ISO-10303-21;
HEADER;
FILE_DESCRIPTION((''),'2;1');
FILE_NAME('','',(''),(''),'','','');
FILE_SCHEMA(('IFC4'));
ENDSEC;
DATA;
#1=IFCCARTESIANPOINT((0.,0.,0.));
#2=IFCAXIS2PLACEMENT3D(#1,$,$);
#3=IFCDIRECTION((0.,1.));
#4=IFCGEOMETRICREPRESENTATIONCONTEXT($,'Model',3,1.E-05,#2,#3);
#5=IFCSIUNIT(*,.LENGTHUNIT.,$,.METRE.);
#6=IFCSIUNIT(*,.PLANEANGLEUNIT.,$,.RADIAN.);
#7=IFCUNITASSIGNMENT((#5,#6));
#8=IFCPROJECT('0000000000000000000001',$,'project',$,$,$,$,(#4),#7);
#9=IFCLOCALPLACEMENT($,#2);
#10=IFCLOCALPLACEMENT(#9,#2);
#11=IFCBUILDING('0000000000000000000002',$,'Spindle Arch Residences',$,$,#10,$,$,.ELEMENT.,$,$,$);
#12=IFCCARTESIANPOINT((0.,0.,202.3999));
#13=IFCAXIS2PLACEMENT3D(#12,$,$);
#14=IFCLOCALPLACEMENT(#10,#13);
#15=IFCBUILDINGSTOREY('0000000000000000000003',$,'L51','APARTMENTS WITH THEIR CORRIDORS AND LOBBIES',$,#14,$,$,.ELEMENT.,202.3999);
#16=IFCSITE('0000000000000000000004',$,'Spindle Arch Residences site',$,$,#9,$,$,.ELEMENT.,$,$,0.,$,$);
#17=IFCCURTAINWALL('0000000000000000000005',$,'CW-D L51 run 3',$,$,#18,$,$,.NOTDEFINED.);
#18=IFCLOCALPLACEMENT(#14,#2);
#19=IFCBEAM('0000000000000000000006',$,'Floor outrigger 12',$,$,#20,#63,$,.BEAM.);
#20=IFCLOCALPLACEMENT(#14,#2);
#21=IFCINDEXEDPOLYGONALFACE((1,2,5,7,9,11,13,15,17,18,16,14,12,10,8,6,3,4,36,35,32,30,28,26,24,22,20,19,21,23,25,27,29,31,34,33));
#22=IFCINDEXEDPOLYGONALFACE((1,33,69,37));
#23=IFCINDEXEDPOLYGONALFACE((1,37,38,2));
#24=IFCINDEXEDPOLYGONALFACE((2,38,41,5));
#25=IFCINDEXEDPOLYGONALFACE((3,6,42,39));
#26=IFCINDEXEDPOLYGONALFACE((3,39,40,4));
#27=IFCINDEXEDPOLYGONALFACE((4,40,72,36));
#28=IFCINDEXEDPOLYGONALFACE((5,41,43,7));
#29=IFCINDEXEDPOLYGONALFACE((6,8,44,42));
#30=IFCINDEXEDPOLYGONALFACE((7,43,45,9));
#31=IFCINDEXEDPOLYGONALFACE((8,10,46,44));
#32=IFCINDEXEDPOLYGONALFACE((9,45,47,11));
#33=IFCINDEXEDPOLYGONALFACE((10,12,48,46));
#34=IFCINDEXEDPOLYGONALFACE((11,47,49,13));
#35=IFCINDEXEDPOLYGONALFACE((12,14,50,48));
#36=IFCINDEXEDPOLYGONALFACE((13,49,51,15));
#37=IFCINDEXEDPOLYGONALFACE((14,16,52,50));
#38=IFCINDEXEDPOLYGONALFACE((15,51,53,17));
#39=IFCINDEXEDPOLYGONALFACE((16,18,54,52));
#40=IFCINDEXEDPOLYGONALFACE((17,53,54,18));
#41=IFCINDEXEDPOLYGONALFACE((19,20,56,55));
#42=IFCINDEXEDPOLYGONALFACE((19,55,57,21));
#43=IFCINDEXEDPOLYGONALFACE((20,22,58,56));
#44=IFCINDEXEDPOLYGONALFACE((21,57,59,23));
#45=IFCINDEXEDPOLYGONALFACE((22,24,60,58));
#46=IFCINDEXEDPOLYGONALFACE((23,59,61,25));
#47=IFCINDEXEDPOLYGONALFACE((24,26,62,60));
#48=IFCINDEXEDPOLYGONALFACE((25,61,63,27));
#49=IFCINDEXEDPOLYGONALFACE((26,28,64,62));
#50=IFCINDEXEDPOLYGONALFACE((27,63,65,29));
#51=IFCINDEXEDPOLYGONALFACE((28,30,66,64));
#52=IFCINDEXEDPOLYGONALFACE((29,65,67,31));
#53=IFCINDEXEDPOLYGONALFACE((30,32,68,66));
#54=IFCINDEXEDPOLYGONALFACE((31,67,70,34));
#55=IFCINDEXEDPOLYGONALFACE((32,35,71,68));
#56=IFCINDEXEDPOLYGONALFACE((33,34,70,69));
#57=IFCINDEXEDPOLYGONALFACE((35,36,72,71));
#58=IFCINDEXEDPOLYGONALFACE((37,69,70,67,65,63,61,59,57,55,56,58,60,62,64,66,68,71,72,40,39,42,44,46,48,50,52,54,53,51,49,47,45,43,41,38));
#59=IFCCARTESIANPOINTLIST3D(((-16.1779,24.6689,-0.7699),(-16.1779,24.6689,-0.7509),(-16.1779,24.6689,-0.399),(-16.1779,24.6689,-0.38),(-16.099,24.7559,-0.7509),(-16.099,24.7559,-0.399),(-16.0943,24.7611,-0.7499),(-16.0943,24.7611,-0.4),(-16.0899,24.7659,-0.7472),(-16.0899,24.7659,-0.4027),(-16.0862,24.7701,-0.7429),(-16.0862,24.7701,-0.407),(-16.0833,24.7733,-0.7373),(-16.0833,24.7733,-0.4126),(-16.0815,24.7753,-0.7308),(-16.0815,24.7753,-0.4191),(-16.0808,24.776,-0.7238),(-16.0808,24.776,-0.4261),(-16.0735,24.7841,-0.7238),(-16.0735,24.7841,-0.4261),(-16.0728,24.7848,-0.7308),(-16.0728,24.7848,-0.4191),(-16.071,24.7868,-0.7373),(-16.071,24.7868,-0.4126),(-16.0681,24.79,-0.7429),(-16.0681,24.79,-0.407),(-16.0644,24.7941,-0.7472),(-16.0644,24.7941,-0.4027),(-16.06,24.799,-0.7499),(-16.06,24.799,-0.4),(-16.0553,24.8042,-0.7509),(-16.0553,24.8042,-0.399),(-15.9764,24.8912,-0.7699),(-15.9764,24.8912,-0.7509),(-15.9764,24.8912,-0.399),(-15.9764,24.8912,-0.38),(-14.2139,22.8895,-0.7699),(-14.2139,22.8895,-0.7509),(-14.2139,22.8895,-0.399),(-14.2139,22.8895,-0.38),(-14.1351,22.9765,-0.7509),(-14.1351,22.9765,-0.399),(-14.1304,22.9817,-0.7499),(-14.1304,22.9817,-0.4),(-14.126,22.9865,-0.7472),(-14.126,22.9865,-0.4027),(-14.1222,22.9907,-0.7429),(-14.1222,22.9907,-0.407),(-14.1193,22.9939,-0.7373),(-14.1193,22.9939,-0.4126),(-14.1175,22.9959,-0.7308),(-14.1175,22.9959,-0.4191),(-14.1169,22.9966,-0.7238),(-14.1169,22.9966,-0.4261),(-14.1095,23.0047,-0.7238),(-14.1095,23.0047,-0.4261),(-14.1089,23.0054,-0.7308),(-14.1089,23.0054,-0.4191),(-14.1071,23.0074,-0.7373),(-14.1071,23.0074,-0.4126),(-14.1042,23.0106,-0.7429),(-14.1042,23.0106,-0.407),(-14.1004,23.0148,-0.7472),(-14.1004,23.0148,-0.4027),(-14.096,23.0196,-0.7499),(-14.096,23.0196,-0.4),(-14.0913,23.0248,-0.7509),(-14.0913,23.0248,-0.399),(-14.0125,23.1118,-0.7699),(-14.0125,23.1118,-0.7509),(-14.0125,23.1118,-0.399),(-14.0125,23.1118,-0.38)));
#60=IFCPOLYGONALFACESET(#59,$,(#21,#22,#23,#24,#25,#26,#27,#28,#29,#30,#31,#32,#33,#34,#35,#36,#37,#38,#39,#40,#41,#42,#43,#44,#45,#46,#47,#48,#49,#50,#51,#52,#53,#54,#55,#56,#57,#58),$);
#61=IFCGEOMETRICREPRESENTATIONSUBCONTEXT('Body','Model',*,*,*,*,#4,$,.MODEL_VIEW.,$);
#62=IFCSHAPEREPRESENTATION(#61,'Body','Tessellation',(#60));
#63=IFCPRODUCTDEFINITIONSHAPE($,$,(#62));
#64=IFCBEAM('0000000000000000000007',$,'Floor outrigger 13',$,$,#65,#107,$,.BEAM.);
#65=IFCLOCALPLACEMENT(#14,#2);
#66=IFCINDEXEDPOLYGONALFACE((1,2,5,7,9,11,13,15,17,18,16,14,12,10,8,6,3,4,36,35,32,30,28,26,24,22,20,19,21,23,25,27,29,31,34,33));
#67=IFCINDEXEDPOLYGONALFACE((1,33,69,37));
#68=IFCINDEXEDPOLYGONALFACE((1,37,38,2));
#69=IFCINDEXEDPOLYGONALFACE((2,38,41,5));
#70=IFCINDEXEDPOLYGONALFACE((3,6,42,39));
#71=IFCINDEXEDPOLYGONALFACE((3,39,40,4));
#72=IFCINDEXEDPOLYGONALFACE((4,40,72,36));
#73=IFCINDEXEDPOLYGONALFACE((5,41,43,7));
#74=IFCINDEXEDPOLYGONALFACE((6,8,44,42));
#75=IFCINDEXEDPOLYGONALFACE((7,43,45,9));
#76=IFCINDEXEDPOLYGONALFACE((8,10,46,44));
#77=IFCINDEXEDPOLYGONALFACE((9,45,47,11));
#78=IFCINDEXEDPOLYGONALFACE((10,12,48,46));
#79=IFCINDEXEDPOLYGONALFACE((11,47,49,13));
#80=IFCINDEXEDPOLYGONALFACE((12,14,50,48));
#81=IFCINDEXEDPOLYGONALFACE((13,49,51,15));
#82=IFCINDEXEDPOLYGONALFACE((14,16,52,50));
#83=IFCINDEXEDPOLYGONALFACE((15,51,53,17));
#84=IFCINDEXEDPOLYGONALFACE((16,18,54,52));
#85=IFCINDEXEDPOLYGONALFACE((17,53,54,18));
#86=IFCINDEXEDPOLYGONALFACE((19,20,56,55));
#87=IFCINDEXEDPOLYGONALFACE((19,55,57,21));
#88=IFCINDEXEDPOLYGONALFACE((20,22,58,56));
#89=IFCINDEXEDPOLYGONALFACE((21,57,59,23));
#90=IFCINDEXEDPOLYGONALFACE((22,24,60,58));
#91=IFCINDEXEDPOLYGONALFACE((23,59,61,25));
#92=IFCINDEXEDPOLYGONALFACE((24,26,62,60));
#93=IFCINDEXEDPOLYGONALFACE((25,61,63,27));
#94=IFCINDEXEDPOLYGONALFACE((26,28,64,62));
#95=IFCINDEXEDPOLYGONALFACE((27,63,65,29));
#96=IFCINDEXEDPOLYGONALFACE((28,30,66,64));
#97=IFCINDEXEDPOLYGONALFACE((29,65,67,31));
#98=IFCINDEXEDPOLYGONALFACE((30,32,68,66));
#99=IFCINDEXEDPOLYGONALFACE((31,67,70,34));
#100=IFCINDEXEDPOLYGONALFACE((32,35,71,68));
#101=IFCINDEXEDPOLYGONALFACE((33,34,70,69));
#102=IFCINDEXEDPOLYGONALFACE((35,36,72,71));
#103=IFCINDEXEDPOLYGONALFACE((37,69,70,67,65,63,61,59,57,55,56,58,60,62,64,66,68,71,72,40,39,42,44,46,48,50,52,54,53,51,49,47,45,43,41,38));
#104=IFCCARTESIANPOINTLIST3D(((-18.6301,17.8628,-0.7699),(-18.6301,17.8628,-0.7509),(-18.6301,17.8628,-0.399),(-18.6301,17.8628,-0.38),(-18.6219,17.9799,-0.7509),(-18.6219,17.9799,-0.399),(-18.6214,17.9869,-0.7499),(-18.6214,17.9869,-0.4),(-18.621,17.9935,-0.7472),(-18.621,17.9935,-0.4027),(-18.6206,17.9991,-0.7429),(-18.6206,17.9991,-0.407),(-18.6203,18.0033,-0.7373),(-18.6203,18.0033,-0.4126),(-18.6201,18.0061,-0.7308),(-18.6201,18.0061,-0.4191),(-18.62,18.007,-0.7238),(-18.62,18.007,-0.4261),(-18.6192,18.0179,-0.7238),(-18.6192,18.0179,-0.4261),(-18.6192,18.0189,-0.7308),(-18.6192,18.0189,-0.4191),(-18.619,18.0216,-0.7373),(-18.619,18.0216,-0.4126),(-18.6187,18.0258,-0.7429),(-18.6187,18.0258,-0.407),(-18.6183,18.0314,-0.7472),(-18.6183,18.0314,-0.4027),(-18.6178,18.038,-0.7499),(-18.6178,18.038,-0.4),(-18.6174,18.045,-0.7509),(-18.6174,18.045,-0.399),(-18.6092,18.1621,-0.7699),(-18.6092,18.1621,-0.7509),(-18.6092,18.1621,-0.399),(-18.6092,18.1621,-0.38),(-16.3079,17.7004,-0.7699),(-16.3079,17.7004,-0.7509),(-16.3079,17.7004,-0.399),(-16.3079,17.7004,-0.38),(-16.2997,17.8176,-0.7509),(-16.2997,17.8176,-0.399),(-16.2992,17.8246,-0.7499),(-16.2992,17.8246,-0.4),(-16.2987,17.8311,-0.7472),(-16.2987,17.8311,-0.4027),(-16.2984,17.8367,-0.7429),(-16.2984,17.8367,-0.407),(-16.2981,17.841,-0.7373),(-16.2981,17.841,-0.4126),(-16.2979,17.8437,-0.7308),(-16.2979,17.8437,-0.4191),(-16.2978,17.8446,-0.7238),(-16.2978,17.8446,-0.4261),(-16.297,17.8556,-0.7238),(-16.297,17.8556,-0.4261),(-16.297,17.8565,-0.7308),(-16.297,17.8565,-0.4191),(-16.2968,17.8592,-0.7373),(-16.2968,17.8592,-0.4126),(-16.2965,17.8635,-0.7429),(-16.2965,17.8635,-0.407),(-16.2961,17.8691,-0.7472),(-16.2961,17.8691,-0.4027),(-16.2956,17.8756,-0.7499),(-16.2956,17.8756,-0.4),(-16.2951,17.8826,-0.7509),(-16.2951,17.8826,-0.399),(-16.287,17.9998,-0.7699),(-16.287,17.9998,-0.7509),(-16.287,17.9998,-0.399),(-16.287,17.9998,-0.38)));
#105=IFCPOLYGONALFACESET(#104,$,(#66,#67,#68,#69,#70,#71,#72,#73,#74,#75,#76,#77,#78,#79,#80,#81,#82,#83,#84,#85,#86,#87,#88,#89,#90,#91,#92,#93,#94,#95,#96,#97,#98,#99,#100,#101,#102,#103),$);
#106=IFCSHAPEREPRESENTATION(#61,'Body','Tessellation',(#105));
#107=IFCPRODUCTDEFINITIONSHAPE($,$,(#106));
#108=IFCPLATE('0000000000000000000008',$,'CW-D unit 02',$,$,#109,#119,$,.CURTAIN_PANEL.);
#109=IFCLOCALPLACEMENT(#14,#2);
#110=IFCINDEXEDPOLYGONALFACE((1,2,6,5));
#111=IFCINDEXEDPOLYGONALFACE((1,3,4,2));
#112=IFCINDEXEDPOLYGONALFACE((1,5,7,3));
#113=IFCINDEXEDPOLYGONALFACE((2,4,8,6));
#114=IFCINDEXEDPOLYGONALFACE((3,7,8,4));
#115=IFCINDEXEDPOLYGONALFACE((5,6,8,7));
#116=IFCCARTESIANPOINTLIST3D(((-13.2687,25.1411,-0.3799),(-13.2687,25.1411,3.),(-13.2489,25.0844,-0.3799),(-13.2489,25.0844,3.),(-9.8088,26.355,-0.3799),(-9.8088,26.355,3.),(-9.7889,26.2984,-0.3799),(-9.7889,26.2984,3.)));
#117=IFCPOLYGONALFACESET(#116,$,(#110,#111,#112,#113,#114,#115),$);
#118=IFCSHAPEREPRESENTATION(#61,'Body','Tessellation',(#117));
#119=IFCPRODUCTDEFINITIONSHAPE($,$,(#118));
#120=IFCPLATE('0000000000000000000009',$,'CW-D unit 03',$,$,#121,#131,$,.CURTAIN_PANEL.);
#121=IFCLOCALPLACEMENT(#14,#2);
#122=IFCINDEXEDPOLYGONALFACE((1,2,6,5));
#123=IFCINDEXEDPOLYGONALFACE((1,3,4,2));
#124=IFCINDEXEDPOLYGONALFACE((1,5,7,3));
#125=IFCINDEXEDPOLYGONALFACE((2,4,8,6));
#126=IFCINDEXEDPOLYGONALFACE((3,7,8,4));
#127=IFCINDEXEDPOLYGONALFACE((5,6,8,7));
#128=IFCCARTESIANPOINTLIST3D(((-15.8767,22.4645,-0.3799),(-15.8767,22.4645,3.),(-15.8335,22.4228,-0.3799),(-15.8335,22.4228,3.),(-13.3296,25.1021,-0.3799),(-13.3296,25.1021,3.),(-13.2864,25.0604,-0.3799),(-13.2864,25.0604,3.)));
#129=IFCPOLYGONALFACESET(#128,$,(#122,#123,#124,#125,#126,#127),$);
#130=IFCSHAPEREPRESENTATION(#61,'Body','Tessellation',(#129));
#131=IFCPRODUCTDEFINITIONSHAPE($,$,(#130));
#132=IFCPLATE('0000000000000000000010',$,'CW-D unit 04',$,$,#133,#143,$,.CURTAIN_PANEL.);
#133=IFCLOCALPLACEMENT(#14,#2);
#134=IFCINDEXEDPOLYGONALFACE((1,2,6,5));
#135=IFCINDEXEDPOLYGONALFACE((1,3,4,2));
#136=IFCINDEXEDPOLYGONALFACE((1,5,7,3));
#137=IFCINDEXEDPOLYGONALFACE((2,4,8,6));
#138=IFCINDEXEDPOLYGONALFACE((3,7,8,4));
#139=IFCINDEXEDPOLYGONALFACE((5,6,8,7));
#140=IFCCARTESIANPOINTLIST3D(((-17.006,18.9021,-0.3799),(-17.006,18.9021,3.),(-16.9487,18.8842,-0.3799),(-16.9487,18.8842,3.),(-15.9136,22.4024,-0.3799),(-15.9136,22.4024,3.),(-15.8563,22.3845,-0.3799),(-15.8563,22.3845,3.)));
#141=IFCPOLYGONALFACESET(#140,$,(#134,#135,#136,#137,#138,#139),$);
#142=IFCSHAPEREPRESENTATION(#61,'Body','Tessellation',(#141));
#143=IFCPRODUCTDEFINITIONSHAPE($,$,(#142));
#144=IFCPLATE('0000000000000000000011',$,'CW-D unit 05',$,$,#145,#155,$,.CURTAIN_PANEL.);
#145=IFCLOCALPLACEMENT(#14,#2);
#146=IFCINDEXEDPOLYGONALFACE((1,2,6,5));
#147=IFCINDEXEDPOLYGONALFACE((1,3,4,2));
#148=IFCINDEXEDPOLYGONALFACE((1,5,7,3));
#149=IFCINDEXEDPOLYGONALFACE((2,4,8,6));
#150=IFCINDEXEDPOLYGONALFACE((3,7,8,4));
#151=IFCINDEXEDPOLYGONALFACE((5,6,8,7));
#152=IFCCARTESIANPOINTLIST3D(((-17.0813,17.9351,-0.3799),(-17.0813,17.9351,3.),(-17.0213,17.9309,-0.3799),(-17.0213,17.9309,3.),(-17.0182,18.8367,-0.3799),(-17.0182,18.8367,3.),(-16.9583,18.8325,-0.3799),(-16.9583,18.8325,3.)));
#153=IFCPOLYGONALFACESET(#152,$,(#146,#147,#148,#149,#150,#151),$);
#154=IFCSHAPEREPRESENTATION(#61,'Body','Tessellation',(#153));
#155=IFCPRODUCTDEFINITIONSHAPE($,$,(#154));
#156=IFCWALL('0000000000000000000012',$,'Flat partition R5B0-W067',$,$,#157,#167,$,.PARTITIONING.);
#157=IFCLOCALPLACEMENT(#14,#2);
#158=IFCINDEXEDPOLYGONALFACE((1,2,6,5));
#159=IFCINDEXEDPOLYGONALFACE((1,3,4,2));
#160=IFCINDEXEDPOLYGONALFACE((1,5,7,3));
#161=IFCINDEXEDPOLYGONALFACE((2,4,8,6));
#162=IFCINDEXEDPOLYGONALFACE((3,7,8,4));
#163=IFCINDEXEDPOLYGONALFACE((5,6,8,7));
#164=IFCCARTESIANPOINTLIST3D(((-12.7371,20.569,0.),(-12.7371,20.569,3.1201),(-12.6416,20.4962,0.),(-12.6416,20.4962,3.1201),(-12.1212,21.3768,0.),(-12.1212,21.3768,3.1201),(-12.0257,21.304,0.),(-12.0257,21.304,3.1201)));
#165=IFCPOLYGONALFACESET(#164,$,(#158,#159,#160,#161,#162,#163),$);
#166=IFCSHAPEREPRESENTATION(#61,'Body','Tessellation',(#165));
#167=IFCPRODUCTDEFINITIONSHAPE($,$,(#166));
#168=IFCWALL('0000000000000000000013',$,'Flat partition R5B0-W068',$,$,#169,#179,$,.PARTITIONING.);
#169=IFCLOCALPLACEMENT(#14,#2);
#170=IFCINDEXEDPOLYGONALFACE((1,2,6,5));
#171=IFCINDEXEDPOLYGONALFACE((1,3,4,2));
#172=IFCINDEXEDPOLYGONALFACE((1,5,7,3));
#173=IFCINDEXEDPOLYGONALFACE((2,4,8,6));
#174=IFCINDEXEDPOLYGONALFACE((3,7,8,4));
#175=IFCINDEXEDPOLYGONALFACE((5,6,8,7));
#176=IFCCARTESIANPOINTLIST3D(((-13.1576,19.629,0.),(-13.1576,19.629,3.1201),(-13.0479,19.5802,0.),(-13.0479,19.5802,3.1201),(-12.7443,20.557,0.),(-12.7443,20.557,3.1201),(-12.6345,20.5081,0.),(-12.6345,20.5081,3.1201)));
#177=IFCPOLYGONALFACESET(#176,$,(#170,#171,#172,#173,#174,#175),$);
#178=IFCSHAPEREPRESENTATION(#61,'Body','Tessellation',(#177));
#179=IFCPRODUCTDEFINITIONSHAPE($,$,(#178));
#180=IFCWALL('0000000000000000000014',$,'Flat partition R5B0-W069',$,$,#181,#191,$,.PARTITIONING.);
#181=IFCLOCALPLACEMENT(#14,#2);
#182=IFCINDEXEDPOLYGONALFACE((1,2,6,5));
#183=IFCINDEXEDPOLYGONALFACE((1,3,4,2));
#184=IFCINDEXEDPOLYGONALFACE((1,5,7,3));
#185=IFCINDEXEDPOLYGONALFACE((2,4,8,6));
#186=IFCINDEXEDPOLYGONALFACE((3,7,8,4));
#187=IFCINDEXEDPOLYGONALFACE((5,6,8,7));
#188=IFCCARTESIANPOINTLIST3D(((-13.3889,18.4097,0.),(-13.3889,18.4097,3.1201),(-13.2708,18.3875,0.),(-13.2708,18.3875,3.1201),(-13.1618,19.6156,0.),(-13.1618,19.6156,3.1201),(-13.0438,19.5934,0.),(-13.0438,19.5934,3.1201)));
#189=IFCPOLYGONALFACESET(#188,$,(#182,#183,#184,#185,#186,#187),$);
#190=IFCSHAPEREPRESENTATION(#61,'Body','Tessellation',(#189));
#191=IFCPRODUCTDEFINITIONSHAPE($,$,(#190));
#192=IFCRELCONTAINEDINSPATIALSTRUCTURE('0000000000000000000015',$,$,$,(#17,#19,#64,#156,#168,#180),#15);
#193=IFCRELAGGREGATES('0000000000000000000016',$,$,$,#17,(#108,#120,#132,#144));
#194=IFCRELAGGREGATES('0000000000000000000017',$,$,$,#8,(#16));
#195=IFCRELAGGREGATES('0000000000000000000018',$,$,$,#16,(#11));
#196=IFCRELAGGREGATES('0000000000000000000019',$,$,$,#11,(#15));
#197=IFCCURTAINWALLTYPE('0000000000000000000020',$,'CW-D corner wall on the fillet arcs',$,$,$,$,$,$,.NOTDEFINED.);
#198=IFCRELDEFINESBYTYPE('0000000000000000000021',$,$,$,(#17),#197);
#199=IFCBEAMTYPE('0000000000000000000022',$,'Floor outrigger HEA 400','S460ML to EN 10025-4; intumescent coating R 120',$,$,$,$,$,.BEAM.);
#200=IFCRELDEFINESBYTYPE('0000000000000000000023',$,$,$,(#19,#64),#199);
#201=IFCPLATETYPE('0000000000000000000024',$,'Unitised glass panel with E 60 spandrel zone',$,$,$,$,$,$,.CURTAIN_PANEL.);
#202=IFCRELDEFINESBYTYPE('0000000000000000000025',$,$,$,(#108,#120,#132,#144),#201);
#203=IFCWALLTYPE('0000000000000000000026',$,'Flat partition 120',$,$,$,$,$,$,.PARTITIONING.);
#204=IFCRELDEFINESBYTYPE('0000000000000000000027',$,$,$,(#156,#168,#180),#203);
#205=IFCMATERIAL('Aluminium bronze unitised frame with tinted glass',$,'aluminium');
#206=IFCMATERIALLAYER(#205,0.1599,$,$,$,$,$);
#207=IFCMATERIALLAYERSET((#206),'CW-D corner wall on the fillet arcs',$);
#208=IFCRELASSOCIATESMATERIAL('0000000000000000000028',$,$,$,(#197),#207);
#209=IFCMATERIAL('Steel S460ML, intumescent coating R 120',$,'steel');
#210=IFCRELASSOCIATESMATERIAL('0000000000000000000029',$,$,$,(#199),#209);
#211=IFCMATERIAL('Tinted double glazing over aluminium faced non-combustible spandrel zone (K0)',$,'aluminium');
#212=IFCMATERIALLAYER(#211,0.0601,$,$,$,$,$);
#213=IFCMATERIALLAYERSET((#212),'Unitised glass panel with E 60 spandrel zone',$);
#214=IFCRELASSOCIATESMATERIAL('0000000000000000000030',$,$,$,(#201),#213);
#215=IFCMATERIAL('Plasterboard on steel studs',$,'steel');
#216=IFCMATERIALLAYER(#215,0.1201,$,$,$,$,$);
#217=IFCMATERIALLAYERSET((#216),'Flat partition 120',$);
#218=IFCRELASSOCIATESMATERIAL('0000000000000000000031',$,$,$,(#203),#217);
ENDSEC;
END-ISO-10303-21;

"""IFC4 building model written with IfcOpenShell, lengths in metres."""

from ifc_helpers import new_model, si_unit, direction, frame, frame_2d, origin, origin_2d, place, context, subcontext, project, spatial, rectangle, i_section, extrude, material, layer, layer_set, material_profile, profile_set, type_object, element, aggregate, save


model = new_model("IFC4")

# Units and contexts
model_context = context("Model", 3, precision=1e-05, world=origin(), true_north=direction((0.0, 1.0)))
body_context = subcontext(model_context, "Body", "Model", "MODEL_VIEW")
ifc_project = project(units=[si_unit("LENGTHUNIT", "METRE"), si_unit("PLANEANGLEUNIT", "RADIAN")], contexts=[model_context])

# Site, building, storey
site_placement = place(None, origin())
site = spatial("IfcSite", under=ifc_project, at=site_placement, Name="Spindle Arch Residences site", CompositionType="ELEMENT", RefElevation=0.0)
building_placement = place(site_placement, origin())
building = spatial("IfcBuilding", under=site, at=building_placement, Name="Spindle Arch Residences", CompositionType="ELEMENT")
storey_placement = place(building_placement, frame((0.0, 0.0, 202.3999)))
storey = spatial("IfcBuildingStorey", under=building, at=storey_placement, Name="L51", Description="APARTMENTS WITH THEIR CORRIDORS AND LOBBIES", CompositionType="ELEMENT", Elevation=202.3999)

# Curtain wall
ifc_material_1 = material(Name="Aluminium bronze unitised frame with tinted glass", Category="aluminium")
ifc_layer_1 = layer(ifc_material_1, 0.1599)
ifc_layer_set_1 = layer_set([ifc_layer_1], Name="CW-D corner wall on the fillet arcs")
curtain_wall_type_1 = type_object("IfcCurtainWallType", Name="CW-D corner wall on the fillet arcs", PredefinedType="NOTDEFINED", material=ifc_layer_set_1)
curtain_wall_1_placement = place(storey_placement, origin())
curtain_wall_1 = element("IfcCurtainWall", 1, at=curtain_wall_1_placement, inside=storey, type_object=curtain_wall_type_1, Name="CW-D L51 run 3", PredefinedType="NOTDEFINED")

# Beams
ifc_material_2 = material(Name="Steel S460ML, intumescent coating R 120", Category="steel")
ifc_material_profile_1 = material_profile(ifc_material_2, i_section(OverallWidth=0.3, OverallDepth=0.3899, WebThickness=0.011, FlangeThickness=0.019, FilletRadius=0.0271, at=origin_2d()), Name="HEA 400")
ifc_profile_set_1 = profile_set([ifc_material_profile_1], Name="Steel S460ML, intumescent coating R 120")
beam_type_1 = type_object("IfcBeamType", Name="Floor outrigger HEA 400", Description="S460ML to EN 10025-4; intumescent coating R 120", PredefinedType="BEAM", material=ifc_profile_set_1)
beam_1_placement = place(storey_placement, frame((-16.0771, 24.78, -0.575), z_axis=(0.741073, -0.671425, 0.0), x_axis=(0.671425, 0.741073, 0.0)))
element("IfcBeam", 2, at=beam_1_placement, inside=storey, type_object=beam_type_1, Name="Floor outrigger 12", PredefinedType="BEAM", context=body_context, shape_type="SweptSolid", body=[
    extrude(i_section(OverallWidth=0.3, OverallDepth=0.3899, WebThickness=0.011, FlangeThickness=0.019, FilletRadius=0.0271, at=origin_2d()), origin(), (0.0, 0.0, 1.0), 2.6501),
])
beam_2_placement = place(storey_placement, frame((-18.6196, 18.0125, -0.575), z_axis=(0.997565, -0.069741, 0.0), x_axis=(0.069741, 0.997565, 0.0)))
element("IfcBeam", 3, at=beam_2_placement, inside=storey, type_object=beam_type_1, Name="Floor outrigger 13", PredefinedType="BEAM", context=body_context, shape_type="SweptSolid", body=[
    extrude(i_section(OverallWidth=0.3, OverallDepth=0.3899, WebThickness=0.011, FlangeThickness=0.019, FilletRadius=0.0271, at=origin_2d()), origin(), (0.0, 0.0, 1.0), 2.3279),
])

# Plates
ifc_material_3 = material(Name="Tinted double glazing over aluminium faced non-combustible spandrel zone (K0)", Category="aluminium")
ifc_layer_2 = layer(ifc_material_3, 0.0601)
ifc_layer_set_2 = layer_set([ifc_layer_2], Name="Unitised glass panel with E 60 spandrel zone")
plate_type = type_object("IfcPlateType", Name="Unitised glass panel with E 60 spandrel zone", PredefinedType="CURTAIN_PANEL", material=ifc_layer_set_2)
plate_1_placement = place(storey_placement, frame((-11.5288, 25.7197, -0.3799), z_axis=(0.0, 0.0, 1.0), x_axis=(-0.943609, -0.331063, 0.0)))
plate_1 = element("IfcPlate", 4, at=plate_1_placement, type_object=plate_type, Name="CW-D unit 02", PredefinedType="CURTAIN_PANEL", context=body_context, shape_type="SweptSolid", body=[
    extrude(rectangle(XDim=3.6667, YDim=0.0601, at=origin_2d()), origin(), (0.0, 0.0, 1.0), 3.3799),
])
plate_2_placement = place(storey_placement, frame((-14.5815, 23.7625, -0.3799), z_axis=(0.0, 0.0, 1.0), x_axis=(-0.694658, -0.71934, 0.0)))
plate_2 = element("IfcPlate", 5, at=plate_2_placement, type_object=plate_type, Name="CW-D unit 03", PredefinedType="CURTAIN_PANEL", context=body_context, shape_type="SweptSolid", body=[
    extrude(rectangle(XDim=3.6667, YDim=0.0601, at=origin_2d()), origin(), (0.0, 0.0, 1.0), 3.3799),
])
plate_3_placement = place(storey_placement, frame((-16.4312, 20.6433, -0.3799), z_axis=(0.0, 0.0, 1.0), x_axis=(-0.29793, -0.954588, 0.0)))
plate_3 = element("IfcPlate", 6, at=plate_3_placement, type_object=plate_type, Name="CW-D unit 04", PredefinedType="CURTAIN_PANEL", context=body_context, shape_type="SweptSolid", body=[
    extrude(rectangle(XDim=3.6667, YDim=0.0601, at=origin_2d()), origin(), (0.0, 0.0, 1.0), 3.3799),
])
plate_4_placement = place(storey_placement, frame((-17.0198, 18.3838, -0.3799), z_axis=(0.0, 0.0, 1.0), x_axis=(-0.069756, -0.997564, 0.0)))
plate_4 = element("IfcPlate", 7, at=plate_4_placement, type_object=plate_type, Name="CW-D unit 05", PredefinedType="CURTAIN_PANEL", context=body_context, shape_type="SweptSolid", body=[
    extrude(rectangle(XDim=0.9038, YDim=0.0601, at=origin_2d()), origin(), (0.0, 0.0, 1.0), 3.3799),
])
aggregate(curtain_wall_1, [plate_1, plate_2, plate_3, plate_4])

# Walls
ifc_material_4 = material(Name="Plasterboard on steel studs", Category="steel")
ifc_layer_3 = layer(ifc_material_4, 0.1201)
ifc_layer_set_3 = layer_set([ifc_layer_3], Name="Flat partition 120")
wall_type_1 = type_object("IfcWallType", Name="Flat partition 120", PredefinedType="PARTITIONING", material=ifc_layer_set_3)
for number, where, z_axis, x_axis, name in (
    (8, (-12.0735, 21.3403, 0.0), (0.0, 0.0, 1.0), (-0.606326, -0.795217, 0.0), "Flat partition R5B0-W067"),
    (9, (-12.6895, 20.5325, 0.0), (0.0, 0.0, 1.0), (-0.406874, -0.913484, 0.0), "Flat partition R5B0-W068"),
):
    element("IfcWall", number, at=place(storey_placement, frame(where, z_axis=z_axis, x_axis=x_axis)), inside=storey, type_object=wall_type_1, Name=name, PredefinedType="PARTITIONING", context=body_context, shape_type="SweptSolid", body=[
        extrude(rectangle(XDim=1.0159, YDim=0.1201, at=frame_2d((0.5078, 0.0))), origin(), (0.0, 0.0, 1.0), 3.1201),
    ])
wall_1_placement = place(storey_placement, frame((-13.1028, 19.6045, 0.0), z_axis=(0.0, 0.0, 1.0), x_axis=(-0.185045, -0.98273, 0.0)))
element("IfcWall", 10, at=wall_1_placement, inside=storey, type_object=wall_type_1, Name="Flat partition R5B0-W069", PredefinedType="PARTITIONING", context=body_context, shape_type="SweptSolid", body=[
    extrude(rectangle(XDim=1.2271, YDim=0.1201, at=frame_2d((0.6135, 0.0))), origin(), (0.0, 0.0, 1.0), 3.1201),
])

save(model, "model.ifc")
